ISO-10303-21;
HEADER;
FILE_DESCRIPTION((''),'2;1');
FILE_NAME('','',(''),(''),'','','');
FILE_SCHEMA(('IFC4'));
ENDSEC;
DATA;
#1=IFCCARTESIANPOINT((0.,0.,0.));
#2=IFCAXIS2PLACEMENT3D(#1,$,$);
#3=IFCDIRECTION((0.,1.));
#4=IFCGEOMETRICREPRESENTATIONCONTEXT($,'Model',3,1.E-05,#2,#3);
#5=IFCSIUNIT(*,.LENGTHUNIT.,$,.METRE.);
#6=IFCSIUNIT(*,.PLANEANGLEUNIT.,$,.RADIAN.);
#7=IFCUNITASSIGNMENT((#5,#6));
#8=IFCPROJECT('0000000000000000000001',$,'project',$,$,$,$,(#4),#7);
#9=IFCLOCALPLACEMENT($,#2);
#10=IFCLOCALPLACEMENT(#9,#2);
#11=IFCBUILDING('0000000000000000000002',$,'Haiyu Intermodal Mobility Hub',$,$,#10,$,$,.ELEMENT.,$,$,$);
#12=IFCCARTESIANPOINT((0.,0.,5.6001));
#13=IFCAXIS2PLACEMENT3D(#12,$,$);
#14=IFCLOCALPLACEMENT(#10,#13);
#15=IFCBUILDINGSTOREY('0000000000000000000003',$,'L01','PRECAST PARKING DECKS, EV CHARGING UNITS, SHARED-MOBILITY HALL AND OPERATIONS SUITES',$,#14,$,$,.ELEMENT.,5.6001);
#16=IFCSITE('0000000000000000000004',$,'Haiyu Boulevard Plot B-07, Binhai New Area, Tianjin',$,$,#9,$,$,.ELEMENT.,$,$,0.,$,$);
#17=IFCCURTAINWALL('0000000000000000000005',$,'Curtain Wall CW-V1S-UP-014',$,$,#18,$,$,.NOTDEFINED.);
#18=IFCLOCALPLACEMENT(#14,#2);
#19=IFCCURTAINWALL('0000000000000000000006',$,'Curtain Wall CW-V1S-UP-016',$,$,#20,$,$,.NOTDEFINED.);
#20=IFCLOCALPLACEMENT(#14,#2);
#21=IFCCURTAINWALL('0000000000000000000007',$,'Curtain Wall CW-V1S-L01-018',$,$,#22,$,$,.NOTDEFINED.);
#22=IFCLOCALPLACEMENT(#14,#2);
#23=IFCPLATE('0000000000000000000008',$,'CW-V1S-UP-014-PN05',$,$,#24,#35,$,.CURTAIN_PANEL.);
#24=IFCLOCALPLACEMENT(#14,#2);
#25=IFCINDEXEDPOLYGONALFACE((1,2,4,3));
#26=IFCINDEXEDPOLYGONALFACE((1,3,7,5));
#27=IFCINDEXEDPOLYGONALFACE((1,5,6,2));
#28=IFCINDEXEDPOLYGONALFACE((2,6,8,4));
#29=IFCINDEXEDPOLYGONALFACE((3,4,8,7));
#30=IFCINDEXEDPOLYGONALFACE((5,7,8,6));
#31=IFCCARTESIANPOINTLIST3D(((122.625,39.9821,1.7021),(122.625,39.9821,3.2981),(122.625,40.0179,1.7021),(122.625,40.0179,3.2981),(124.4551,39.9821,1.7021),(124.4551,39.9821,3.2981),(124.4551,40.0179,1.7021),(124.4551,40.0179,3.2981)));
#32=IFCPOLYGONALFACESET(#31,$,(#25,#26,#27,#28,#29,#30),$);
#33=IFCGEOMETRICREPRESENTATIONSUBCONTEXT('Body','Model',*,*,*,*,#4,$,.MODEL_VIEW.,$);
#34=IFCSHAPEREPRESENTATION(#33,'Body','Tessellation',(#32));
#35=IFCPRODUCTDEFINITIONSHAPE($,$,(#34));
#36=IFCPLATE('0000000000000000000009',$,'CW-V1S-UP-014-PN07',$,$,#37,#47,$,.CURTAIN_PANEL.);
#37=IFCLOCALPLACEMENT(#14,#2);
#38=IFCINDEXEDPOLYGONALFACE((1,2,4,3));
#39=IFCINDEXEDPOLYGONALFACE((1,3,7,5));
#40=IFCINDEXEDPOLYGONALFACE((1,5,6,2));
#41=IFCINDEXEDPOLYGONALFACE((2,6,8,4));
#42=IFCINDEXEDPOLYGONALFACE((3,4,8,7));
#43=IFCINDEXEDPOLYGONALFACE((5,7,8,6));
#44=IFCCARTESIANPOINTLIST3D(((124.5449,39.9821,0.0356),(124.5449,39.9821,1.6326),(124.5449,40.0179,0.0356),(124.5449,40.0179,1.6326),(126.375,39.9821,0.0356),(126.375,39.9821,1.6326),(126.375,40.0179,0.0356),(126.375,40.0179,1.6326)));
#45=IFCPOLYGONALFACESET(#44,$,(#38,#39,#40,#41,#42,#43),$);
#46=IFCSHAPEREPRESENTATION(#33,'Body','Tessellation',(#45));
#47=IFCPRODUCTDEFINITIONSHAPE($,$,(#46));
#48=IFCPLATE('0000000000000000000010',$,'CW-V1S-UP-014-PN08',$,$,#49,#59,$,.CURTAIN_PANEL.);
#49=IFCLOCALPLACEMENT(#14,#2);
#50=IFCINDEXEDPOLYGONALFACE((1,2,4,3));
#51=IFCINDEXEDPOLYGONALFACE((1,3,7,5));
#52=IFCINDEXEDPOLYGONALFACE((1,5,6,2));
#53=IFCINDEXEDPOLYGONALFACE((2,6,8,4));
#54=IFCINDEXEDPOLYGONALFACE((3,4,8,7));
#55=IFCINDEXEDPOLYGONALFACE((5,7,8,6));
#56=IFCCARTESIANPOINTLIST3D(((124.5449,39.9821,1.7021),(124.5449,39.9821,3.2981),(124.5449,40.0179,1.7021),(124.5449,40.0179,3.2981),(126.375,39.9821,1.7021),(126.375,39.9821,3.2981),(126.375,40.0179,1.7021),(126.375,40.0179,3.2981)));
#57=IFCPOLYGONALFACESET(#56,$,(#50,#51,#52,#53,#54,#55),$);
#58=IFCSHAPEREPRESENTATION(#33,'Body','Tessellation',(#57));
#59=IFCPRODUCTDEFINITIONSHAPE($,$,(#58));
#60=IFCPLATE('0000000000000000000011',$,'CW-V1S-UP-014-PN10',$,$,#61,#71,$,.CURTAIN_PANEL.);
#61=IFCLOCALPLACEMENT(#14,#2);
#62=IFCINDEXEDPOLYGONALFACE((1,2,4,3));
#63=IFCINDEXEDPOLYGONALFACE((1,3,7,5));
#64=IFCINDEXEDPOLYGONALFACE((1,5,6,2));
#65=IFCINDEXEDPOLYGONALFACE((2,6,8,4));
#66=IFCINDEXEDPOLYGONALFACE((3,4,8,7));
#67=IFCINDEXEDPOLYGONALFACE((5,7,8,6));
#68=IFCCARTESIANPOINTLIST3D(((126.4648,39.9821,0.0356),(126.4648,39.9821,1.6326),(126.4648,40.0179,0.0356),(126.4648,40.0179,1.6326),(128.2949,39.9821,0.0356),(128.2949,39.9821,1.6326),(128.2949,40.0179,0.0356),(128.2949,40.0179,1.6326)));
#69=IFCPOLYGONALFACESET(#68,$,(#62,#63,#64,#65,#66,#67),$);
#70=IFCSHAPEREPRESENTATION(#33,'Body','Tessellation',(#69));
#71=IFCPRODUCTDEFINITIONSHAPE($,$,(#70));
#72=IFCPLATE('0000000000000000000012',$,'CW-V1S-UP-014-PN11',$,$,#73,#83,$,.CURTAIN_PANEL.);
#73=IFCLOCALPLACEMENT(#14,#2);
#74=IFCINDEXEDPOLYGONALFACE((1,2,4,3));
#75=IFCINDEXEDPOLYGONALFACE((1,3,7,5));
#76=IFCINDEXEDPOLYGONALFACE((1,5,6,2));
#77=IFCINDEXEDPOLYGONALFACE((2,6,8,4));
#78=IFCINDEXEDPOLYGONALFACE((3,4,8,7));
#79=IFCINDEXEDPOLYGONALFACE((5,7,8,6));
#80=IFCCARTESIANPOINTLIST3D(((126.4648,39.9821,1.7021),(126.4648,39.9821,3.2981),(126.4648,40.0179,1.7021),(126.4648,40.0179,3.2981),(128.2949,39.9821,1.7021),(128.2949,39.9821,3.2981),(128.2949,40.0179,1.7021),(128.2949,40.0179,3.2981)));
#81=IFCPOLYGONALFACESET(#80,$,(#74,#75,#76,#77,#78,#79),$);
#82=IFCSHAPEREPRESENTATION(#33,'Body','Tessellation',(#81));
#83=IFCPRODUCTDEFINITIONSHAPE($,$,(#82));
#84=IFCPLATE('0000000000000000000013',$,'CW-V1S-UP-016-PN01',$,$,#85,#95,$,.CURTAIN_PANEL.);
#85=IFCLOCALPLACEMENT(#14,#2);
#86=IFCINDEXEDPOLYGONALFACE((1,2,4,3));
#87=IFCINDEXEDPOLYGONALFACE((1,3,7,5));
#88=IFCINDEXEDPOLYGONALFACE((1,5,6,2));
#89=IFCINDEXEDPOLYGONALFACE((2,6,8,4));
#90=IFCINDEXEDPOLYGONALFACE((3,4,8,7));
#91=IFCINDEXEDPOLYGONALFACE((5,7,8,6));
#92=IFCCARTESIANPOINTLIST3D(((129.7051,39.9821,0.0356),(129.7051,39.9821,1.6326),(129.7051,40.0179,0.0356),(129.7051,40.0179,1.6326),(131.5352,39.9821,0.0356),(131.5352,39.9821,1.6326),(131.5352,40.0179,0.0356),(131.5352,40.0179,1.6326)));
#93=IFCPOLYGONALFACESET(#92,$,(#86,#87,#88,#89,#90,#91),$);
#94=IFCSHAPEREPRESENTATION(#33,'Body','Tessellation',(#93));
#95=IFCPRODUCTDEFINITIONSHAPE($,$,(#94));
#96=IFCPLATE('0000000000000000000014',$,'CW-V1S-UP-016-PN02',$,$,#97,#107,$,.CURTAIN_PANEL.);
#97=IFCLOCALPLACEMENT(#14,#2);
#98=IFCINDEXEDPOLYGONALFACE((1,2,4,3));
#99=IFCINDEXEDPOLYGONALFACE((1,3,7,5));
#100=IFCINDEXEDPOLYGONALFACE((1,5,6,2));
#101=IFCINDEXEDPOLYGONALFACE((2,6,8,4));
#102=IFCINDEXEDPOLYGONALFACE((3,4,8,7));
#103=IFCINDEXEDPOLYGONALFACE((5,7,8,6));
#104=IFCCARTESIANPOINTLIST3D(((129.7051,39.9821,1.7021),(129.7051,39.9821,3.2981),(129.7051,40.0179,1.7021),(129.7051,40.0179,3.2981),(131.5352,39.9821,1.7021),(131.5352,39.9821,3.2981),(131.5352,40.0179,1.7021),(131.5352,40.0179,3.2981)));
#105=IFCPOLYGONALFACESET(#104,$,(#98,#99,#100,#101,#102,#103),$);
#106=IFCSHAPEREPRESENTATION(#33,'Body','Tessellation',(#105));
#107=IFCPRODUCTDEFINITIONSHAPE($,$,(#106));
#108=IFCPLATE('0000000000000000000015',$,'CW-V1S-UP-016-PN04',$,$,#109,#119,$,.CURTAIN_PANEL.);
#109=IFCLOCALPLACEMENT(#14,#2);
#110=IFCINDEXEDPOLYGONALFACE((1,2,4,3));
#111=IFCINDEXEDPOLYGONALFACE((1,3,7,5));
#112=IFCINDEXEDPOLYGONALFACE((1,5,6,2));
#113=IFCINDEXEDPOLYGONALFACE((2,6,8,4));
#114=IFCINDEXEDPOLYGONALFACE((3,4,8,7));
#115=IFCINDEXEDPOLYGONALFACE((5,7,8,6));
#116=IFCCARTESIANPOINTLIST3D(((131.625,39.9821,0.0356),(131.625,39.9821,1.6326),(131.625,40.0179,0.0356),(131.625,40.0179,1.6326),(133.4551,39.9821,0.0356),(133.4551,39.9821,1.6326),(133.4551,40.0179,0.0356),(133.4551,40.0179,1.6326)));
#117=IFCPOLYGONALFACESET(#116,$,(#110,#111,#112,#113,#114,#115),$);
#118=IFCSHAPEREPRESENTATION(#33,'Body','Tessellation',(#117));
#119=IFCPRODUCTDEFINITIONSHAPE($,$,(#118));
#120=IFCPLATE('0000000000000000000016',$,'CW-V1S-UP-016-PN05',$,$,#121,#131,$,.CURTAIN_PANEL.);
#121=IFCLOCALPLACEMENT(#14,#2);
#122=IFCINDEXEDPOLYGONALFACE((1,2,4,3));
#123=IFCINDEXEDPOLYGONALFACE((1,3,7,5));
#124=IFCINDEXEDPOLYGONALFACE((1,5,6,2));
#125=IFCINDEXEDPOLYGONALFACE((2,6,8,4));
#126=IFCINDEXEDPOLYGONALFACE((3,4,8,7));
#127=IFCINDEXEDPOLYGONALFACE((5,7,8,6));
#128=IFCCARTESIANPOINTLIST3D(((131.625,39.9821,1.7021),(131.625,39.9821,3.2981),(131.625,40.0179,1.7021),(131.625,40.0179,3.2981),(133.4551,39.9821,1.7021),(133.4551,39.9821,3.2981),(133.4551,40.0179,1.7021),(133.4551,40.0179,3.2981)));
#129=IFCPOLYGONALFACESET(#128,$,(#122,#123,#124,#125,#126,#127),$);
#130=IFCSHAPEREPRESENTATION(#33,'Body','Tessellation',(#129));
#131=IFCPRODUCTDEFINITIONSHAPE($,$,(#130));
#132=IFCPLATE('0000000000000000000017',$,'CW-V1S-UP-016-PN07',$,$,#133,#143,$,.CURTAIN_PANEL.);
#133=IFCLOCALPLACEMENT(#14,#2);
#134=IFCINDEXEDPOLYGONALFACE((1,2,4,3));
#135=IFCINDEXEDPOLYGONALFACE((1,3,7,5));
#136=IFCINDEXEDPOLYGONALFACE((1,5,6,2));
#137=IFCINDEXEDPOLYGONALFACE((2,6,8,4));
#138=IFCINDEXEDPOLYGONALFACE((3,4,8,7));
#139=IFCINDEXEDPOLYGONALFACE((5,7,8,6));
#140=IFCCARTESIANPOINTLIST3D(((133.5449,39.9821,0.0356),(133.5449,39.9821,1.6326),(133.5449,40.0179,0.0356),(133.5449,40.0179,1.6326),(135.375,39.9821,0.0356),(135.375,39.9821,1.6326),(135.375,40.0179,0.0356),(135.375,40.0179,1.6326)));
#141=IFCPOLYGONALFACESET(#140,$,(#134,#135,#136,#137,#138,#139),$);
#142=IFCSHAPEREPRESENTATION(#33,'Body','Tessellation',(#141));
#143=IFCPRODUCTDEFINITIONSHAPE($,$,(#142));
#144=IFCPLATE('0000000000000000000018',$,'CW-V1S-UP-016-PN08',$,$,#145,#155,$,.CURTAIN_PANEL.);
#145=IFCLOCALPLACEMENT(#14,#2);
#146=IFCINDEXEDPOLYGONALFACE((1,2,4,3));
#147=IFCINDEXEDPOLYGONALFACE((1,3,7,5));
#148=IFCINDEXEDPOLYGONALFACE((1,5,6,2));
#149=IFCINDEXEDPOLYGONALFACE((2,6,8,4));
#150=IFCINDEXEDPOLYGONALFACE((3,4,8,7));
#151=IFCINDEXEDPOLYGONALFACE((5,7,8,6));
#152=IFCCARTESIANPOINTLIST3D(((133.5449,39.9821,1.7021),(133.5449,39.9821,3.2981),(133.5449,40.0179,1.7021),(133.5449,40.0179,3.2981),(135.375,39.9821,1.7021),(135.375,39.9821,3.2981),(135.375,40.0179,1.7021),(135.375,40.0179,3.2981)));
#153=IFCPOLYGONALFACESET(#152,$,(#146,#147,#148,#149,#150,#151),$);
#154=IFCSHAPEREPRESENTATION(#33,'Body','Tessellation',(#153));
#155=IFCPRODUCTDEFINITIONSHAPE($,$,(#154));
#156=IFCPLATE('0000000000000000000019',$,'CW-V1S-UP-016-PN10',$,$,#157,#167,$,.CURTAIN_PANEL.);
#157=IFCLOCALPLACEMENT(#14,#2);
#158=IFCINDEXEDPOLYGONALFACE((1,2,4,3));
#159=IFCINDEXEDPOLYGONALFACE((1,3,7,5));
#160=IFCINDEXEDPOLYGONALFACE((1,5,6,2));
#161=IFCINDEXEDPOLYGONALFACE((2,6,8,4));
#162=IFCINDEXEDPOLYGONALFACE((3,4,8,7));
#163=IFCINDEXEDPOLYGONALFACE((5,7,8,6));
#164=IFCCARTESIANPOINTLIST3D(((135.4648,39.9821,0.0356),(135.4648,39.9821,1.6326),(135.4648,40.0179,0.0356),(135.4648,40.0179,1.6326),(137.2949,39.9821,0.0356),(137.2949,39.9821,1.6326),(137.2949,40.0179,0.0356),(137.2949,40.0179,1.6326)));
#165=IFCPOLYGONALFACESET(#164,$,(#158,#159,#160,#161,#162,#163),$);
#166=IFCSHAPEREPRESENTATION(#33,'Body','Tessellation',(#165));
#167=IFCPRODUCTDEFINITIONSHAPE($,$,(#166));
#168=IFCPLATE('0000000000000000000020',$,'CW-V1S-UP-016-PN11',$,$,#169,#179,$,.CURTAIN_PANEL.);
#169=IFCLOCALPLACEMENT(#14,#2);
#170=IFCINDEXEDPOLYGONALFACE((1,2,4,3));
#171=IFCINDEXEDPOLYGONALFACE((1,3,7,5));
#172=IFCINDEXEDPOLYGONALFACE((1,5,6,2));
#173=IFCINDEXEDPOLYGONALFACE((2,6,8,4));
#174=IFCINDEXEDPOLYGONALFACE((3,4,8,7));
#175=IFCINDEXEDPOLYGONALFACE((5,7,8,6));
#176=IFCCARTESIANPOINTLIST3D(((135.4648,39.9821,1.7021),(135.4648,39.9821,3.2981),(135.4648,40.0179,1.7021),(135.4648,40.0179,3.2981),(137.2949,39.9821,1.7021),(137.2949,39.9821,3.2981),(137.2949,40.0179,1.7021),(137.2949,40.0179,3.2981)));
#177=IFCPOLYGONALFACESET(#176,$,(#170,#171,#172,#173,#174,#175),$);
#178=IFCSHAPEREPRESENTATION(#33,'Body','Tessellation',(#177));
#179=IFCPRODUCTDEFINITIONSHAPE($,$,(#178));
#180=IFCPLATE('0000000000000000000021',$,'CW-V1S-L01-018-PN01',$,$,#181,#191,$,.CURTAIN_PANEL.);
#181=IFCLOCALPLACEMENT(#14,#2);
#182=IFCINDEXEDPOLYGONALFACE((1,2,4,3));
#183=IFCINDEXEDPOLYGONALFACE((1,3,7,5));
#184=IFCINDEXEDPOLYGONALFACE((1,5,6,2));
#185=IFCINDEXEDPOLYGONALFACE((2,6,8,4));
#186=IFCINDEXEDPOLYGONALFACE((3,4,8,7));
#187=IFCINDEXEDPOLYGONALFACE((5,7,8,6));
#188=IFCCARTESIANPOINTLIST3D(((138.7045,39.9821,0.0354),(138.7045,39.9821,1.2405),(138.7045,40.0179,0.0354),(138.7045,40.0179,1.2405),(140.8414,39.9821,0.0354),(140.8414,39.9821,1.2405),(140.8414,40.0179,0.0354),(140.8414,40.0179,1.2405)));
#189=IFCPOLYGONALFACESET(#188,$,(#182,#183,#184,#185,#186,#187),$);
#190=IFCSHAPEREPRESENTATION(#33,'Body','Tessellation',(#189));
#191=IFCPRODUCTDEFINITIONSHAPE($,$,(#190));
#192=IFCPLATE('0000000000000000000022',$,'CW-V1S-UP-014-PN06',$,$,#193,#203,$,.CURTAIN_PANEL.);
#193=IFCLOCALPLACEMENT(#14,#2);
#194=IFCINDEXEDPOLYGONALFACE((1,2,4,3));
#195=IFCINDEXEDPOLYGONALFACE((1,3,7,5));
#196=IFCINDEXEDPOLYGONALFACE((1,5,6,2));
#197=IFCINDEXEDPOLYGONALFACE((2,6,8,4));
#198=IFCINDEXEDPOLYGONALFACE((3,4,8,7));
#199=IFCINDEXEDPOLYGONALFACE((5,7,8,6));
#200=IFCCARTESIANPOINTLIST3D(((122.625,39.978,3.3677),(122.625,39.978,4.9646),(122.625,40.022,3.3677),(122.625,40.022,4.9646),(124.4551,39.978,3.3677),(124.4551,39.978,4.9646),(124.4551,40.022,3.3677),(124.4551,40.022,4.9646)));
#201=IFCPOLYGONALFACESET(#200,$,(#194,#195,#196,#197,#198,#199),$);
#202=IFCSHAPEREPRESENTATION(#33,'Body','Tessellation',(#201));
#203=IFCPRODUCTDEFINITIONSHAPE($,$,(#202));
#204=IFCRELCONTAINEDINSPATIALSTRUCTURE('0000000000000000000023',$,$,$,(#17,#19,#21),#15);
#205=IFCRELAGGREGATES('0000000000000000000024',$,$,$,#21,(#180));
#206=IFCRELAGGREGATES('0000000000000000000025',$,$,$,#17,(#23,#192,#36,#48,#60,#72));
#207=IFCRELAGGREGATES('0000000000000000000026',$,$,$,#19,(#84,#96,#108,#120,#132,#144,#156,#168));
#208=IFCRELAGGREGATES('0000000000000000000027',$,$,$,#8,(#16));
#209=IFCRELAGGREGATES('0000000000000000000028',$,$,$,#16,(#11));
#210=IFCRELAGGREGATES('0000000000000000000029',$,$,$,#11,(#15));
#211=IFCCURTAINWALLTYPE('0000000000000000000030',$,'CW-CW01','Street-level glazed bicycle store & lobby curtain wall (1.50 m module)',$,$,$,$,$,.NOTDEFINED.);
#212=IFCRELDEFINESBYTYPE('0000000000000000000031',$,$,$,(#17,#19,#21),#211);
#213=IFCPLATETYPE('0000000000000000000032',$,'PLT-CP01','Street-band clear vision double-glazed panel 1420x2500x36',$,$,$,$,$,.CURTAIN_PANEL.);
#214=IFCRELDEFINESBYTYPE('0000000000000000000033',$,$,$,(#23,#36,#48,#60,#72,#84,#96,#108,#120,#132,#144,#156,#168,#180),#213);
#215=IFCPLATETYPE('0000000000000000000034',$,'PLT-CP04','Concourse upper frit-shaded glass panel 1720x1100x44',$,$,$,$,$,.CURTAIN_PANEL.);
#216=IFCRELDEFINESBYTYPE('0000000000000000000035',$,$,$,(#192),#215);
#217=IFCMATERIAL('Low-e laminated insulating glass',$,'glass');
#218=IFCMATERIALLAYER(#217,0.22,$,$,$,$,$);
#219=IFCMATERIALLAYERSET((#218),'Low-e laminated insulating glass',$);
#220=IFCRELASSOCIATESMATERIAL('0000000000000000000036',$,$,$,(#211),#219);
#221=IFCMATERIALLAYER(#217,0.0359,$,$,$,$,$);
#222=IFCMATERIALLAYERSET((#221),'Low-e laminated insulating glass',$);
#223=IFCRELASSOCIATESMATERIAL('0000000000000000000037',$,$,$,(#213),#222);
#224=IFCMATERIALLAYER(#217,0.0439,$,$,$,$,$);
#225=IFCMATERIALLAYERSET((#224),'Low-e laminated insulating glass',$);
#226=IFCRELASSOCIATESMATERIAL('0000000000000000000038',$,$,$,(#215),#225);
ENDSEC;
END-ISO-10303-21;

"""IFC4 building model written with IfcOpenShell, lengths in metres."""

from ifc_helpers import new_model, si_unit, direction, frame, origin, origin_2d, place, context, subcontext, project, spatial, rectangle, extrude, material, layer, layer_set, type_object, element, aggregate, save


model = new_model("IFC4")

# Units and contexts
model_context = context("Model", 3, precision=1e-05, world=origin(), true_north=direction((0.0, 1.0)))
body_context = subcontext(model_context, "Body", "Model", "MODEL_VIEW")
ifc_project = project(units=[si_unit("LENGTHUNIT", "METRE"), si_unit("PLANEANGLEUNIT", "RADIAN")], contexts=[model_context])

# Site, building, storey
site_placement = place(None, origin())
site = spatial("IfcSite", under=ifc_project, at=site_placement, Name="Haiyu Boulevard Plot B-07, Binhai New Area, Tianjin", CompositionType="ELEMENT", RefElevation=0.0)
building_placement = place(site_placement, origin())
building = spatial("IfcBuilding", under=site, at=building_placement, Name="Haiyu Intermodal Mobility Hub", CompositionType="ELEMENT")
storey_placement = place(building_placement, frame((0.0, 0.0, 5.6001)))
storey = spatial("IfcBuildingStorey", under=building, at=storey_placement, Name="L01", Description="PRECAST PARKING DECKS, EV CHARGING UNITS, SHARED-MOBILITY HALL AND OPERATIONS SUITES", CompositionType="ELEMENT", Elevation=5.6001)

# Curtain walls
ifc_material_1 = material(Name="Low-e laminated insulating glass", Category="glass")
ifc_layer_1 = layer(ifc_material_1, 0.22)
ifc_layer_set_1 = layer_set([ifc_layer_1], Name="Low-e laminated insulating glass")
curtain_wall_type = type_object("IfcCurtainWallType", Name="CW-CW01", Description="Street-level glazed bicycle store & lobby curtain wall (1.50 m module)", PredefinedType="NOTDEFINED", material=ifc_layer_set_1)
curtain_wall_1_placement = place(storey_placement, origin())
curtain_wall_1 = element("IfcCurtainWall", 1, at=curtain_wall_1_placement, inside=storey, type_object=curtain_wall_type, Name="Curtain Wall CW-V1S-UP-014", PredefinedType="NOTDEFINED")
curtain_wall_2_placement = place(storey_placement, origin())
curtain_wall_2 = element("IfcCurtainWall", 2, at=curtain_wall_2_placement, inside=storey, type_object=curtain_wall_type, Name="Curtain Wall CW-V1S-UP-016", PredefinedType="NOTDEFINED")

# Curtain wall
curtain_wall_3_placement = place(storey_placement, origin())
curtain_wall_3 = element("IfcCurtainWall", 3, at=curtain_wall_3_placement, inside=storey, type_object=curtain_wall_type, Name="Curtain Wall CW-V1S-L01-018", PredefinedType="NOTDEFINED")

# Plates
ifc_layer_2 = layer(ifc_material_1, 0.0359)
ifc_layer_set_2 = layer_set([ifc_layer_2], Name="Low-e laminated insulating glass")
plate_type_1 = type_object("IfcPlateType", Name="PLT-CP01", Description="Street-band clear vision double-glazed panel 1420x2500x36", PredefinedType="CURTAIN_PANEL", material=ifc_layer_set_2)
plate_1_placement = place(storey_placement, frame((123.54, 40.0, 1.7021), z_axis=(0.0, 0.0, 1.0), x_axis=(1.0, 0.0, 0.0)))
plate_1 = element("IfcPlate", 4, at=plate_1_placement, type_object=plate_type_1, Name="CW-V1S-UP-014-PN05", PredefinedType="CURTAIN_PANEL", context=body_context, shape_type="SweptSolid", body=[
    extrude(rectangle(XDim=1.8301, YDim=0.0359, at=origin_2d()), origin(), (0.0, 0.0, 1.0), 1.5959),
])
plate_2_placement = place(storey_placement, frame((125.46, 40.0, 0.0356), z_axis=(0.0, 0.0, 1.0), x_axis=(1.0, 0.0, 0.0)))
plate_2 = element("IfcPlate", 5, at=plate_2_placement, type_object=plate_type_1, Name="CW-V1S-UP-014-PN07", PredefinedType="CURTAIN_PANEL", context=body_context, shape_type="SweptSolid", body=[
    extrude(rectangle(XDim=1.8301, YDim=0.0359, at=origin_2d()), origin(), (0.0, 0.0, 1.0), 1.5969),
])
plate_3_placement = place(storey_placement, frame((125.46, 40.0, 1.7021), z_axis=(0.0, 0.0, 1.0), x_axis=(1.0, 0.0, 0.0)))
plate_3 = element("IfcPlate", 6, at=plate_3_placement, type_object=plate_type_1, Name="CW-V1S-UP-014-PN08", PredefinedType="CURTAIN_PANEL", context=body_context, shape_type="SweptSolid", body=[
    extrude(rectangle(XDim=1.8301, YDim=0.0359, at=origin_2d()), origin(), (0.0, 0.0, 1.0), 1.5959),
])
plate_4_placement = place(storey_placement, frame((127.3799, 40.0, 0.0356), z_axis=(0.0, 0.0, 1.0), x_axis=(1.0, 0.0, 0.0)))
plate_4 = element("IfcPlate", 7, at=plate_4_placement, type_object=plate_type_1, Name="CW-V1S-UP-014-PN10", PredefinedType="CURTAIN_PANEL", context=body_context, shape_type="SweptSolid", body=[
    extrude(rectangle(XDim=1.8301, YDim=0.0359, at=origin_2d()), origin(), (0.0, 0.0, 1.0), 1.5969),
])
plate_5_placement = place(storey_placement, frame((127.3799, 40.0, 1.7021), z_axis=(0.0, 0.0, 1.0), x_axis=(1.0, 0.0, 0.0)))
plate_5 = element("IfcPlate", 8, at=plate_5_placement, type_object=plate_type_1, Name="CW-V1S-UP-014-PN11", PredefinedType="CURTAIN_PANEL", context=body_context, shape_type="SweptSolid", body=[
    extrude(rectangle(XDim=1.8301, YDim=0.0359, at=origin_2d()), origin(), (0.0, 0.0, 1.0), 1.5959),
])
plate_6_placement = place(storey_placement, frame((130.6201, 40.0, 0.0356), z_axis=(0.0, 0.0, 1.0), x_axis=(1.0, 0.0, 0.0)))
plate_6 = element("IfcPlate", 9, at=plate_6_placement, type_object=plate_type_1, Name="CW-V1S-UP-016-PN01", PredefinedType="CURTAIN_PANEL", context=body_context, shape_type="SweptSolid", body=[
    extrude(rectangle(XDim=1.8301, YDim=0.0359, at=origin_2d()), origin(), (0.0, 0.0, 1.0), 1.5969),
])
plate_7_placement = place(storey_placement, frame((130.6201, 40.0, 1.7021), z_axis=(0.0, 0.0, 1.0), x_axis=(1.0, 0.0, 0.0)))
plate_7 = element("IfcPlate", 10, at=plate_7_placement, type_object=plate_type_1, Name="CW-V1S-UP-016-PN02", PredefinedType="CURTAIN_PANEL", context=body_context, shape_type="SweptSolid", body=[
    extrude(rectangle(XDim=1.8301, YDim=0.0359, at=origin_2d()), origin(), (0.0, 0.0, 1.0), 1.5959),
])
plate_8_placement = place(storey_placement, frame((132.54, 40.0, 0.0356), z_axis=(0.0, 0.0, 1.0), x_axis=(1.0, 0.0, 0.0)))
plate_8 = element("IfcPlate", 11, at=plate_8_placement, type_object=plate_type_1, Name="CW-V1S-UP-016-PN04", PredefinedType="CURTAIN_PANEL", context=body_context, shape_type="SweptSolid", body=[
    extrude(rectangle(XDim=1.8301, YDim=0.0359, at=origin_2d()), origin(), (0.0, 0.0, 1.0), 1.5969),
])
plate_9_placement = place(storey_placement, frame((132.54, 40.0, 1.7021), z_axis=(0.0, 0.0, 1.0), x_axis=(1.0, 0.0, 0.0)))
plate_9 = element("IfcPlate", 12, at=plate_9_placement, type_object=plate_type_1, Name="CW-V1S-UP-016-PN05", PredefinedType="CURTAIN_PANEL", context=body_context, shape_type="SweptSolid", body=[
    extrude(rectangle(XDim=1.8301, YDim=0.0359, at=origin_2d()), origin(), (0.0, 0.0, 1.0), 1.5959),
])
plate_10_placement = place(storey_placement, frame((134.46, 40.0, 0.0356), z_axis=(0.0, 0.0, 1.0), x_axis=(1.0, 0.0, 0.0)))
plate_10 = element("IfcPlate", 13, at=plate_10_placement, type_object=plate_type_1, Name="CW-V1S-UP-016-PN07", PredefinedType="CURTAIN_PANEL", context=body_context, shape_type="SweptSolid", body=[
    extrude(rectangle(XDim=1.8301, YDim=0.0359, at=origin_2d()), origin(), (0.0, 0.0, 1.0), 1.5969),
])
plate_11_placement = place(storey_placement, frame((134.46, 40.0, 1.7021), z_axis=(0.0, 0.0, 1.0), x_axis=(1.0, 0.0, 0.0)))
plate_11 = element("IfcPlate", 14, at=plate_11_placement, type_object=plate_type_1, Name="CW-V1S-UP-016-PN08", PredefinedType="CURTAIN_PANEL", context=body_context, shape_type="SweptSolid", body=[
    extrude(rectangle(XDim=1.8301, YDim=0.0359, at=origin_2d()), origin(), (0.0, 0.0, 1.0), 1.5959),
])
plate_12_placement = place(storey_placement, frame((136.3799, 40.0, 0.0356), z_axis=(0.0, 0.0, 1.0), x_axis=(1.0, 0.0, 0.0)))
plate_12 = element("IfcPlate", 15, at=plate_12_placement, type_object=plate_type_1, Name="CW-V1S-UP-016-PN10", PredefinedType="CURTAIN_PANEL", context=body_context, shape_type="SweptSolid", body=[
    extrude(rectangle(XDim=1.8301, YDim=0.0359, at=origin_2d()), origin(), (0.0, 0.0, 1.0), 1.5969),
])
plate_13_placement = place(storey_placement, frame((136.3799, 40.0, 1.7021), z_axis=(0.0, 0.0, 1.0), x_axis=(1.0, 0.0, 0.0)))
plate_13 = element("IfcPlate", 16, at=plate_13_placement, type_object=plate_type_1, Name="CW-V1S-UP-016-PN11", PredefinedType="CURTAIN_PANEL", context=body_context, shape_type="SweptSolid", body=[
    extrude(rectangle(XDim=1.8301, YDim=0.0359, at=origin_2d()), origin(), (0.0, 0.0, 1.0), 1.5959),
])
plate_14_placement = place(storey_placement, frame((139.7729, 40.0, 0.0354), z_axis=(0.0, 0.0, 1.0), x_axis=(1.0, 0.0, 0.0)))
plate_14 = element("IfcPlate", 17, at=plate_14_placement, type_object=plate_type_1, Name="CW-V1S-L01-018-PN01", PredefinedType="CURTAIN_PANEL", context=body_context, shape_type="SweptSolid", body=[
    extrude(rectangle(XDim=2.137, YDim=0.0359, at=origin_2d()), origin(), (0.0, 0.0, 1.0), 1.2051),
])
aggregate(curtain_wall_3, [plate_14])
ifc_layer_3 = layer(ifc_material_1, 0.0439)
ifc_layer_set_3 = layer_set([ifc_layer_3], Name="Low-e laminated insulating glass")
plate_type_2 = type_object("IfcPlateType", Name="PLT-CP04", Description="Concourse upper frit-shaded glass panel 1720x1100x44", PredefinedType="CURTAIN_PANEL", material=ifc_layer_set_3)
plate_15_placement = place(storey_placement, frame((123.54, 40.0, 3.3677), z_axis=(0.0, 0.0, 1.0), x_axis=(1.0, 0.0, 0.0)))
plate_15 = element("IfcPlate", 18, at=plate_15_placement, type_object=plate_type_2, Name="CW-V1S-UP-014-PN06", PredefinedType="CURTAIN_PANEL", context=body_context, shape_type="SweptSolid", body=[
    extrude(rectangle(XDim=1.8301, YDim=0.0439, at=origin_2d()), origin(), (0.0, 0.0, 1.0), 1.5969),
])
aggregate(curtain_wall_1, [plate_1, plate_15, plate_2, plate_3, plate_4, plate_5])
aggregate(curtain_wall_2, [plate_6, plate_7, plate_8, plate_9, plate_10, plate_11, plate_12, plate_13])

save(model, "model.ifc")
